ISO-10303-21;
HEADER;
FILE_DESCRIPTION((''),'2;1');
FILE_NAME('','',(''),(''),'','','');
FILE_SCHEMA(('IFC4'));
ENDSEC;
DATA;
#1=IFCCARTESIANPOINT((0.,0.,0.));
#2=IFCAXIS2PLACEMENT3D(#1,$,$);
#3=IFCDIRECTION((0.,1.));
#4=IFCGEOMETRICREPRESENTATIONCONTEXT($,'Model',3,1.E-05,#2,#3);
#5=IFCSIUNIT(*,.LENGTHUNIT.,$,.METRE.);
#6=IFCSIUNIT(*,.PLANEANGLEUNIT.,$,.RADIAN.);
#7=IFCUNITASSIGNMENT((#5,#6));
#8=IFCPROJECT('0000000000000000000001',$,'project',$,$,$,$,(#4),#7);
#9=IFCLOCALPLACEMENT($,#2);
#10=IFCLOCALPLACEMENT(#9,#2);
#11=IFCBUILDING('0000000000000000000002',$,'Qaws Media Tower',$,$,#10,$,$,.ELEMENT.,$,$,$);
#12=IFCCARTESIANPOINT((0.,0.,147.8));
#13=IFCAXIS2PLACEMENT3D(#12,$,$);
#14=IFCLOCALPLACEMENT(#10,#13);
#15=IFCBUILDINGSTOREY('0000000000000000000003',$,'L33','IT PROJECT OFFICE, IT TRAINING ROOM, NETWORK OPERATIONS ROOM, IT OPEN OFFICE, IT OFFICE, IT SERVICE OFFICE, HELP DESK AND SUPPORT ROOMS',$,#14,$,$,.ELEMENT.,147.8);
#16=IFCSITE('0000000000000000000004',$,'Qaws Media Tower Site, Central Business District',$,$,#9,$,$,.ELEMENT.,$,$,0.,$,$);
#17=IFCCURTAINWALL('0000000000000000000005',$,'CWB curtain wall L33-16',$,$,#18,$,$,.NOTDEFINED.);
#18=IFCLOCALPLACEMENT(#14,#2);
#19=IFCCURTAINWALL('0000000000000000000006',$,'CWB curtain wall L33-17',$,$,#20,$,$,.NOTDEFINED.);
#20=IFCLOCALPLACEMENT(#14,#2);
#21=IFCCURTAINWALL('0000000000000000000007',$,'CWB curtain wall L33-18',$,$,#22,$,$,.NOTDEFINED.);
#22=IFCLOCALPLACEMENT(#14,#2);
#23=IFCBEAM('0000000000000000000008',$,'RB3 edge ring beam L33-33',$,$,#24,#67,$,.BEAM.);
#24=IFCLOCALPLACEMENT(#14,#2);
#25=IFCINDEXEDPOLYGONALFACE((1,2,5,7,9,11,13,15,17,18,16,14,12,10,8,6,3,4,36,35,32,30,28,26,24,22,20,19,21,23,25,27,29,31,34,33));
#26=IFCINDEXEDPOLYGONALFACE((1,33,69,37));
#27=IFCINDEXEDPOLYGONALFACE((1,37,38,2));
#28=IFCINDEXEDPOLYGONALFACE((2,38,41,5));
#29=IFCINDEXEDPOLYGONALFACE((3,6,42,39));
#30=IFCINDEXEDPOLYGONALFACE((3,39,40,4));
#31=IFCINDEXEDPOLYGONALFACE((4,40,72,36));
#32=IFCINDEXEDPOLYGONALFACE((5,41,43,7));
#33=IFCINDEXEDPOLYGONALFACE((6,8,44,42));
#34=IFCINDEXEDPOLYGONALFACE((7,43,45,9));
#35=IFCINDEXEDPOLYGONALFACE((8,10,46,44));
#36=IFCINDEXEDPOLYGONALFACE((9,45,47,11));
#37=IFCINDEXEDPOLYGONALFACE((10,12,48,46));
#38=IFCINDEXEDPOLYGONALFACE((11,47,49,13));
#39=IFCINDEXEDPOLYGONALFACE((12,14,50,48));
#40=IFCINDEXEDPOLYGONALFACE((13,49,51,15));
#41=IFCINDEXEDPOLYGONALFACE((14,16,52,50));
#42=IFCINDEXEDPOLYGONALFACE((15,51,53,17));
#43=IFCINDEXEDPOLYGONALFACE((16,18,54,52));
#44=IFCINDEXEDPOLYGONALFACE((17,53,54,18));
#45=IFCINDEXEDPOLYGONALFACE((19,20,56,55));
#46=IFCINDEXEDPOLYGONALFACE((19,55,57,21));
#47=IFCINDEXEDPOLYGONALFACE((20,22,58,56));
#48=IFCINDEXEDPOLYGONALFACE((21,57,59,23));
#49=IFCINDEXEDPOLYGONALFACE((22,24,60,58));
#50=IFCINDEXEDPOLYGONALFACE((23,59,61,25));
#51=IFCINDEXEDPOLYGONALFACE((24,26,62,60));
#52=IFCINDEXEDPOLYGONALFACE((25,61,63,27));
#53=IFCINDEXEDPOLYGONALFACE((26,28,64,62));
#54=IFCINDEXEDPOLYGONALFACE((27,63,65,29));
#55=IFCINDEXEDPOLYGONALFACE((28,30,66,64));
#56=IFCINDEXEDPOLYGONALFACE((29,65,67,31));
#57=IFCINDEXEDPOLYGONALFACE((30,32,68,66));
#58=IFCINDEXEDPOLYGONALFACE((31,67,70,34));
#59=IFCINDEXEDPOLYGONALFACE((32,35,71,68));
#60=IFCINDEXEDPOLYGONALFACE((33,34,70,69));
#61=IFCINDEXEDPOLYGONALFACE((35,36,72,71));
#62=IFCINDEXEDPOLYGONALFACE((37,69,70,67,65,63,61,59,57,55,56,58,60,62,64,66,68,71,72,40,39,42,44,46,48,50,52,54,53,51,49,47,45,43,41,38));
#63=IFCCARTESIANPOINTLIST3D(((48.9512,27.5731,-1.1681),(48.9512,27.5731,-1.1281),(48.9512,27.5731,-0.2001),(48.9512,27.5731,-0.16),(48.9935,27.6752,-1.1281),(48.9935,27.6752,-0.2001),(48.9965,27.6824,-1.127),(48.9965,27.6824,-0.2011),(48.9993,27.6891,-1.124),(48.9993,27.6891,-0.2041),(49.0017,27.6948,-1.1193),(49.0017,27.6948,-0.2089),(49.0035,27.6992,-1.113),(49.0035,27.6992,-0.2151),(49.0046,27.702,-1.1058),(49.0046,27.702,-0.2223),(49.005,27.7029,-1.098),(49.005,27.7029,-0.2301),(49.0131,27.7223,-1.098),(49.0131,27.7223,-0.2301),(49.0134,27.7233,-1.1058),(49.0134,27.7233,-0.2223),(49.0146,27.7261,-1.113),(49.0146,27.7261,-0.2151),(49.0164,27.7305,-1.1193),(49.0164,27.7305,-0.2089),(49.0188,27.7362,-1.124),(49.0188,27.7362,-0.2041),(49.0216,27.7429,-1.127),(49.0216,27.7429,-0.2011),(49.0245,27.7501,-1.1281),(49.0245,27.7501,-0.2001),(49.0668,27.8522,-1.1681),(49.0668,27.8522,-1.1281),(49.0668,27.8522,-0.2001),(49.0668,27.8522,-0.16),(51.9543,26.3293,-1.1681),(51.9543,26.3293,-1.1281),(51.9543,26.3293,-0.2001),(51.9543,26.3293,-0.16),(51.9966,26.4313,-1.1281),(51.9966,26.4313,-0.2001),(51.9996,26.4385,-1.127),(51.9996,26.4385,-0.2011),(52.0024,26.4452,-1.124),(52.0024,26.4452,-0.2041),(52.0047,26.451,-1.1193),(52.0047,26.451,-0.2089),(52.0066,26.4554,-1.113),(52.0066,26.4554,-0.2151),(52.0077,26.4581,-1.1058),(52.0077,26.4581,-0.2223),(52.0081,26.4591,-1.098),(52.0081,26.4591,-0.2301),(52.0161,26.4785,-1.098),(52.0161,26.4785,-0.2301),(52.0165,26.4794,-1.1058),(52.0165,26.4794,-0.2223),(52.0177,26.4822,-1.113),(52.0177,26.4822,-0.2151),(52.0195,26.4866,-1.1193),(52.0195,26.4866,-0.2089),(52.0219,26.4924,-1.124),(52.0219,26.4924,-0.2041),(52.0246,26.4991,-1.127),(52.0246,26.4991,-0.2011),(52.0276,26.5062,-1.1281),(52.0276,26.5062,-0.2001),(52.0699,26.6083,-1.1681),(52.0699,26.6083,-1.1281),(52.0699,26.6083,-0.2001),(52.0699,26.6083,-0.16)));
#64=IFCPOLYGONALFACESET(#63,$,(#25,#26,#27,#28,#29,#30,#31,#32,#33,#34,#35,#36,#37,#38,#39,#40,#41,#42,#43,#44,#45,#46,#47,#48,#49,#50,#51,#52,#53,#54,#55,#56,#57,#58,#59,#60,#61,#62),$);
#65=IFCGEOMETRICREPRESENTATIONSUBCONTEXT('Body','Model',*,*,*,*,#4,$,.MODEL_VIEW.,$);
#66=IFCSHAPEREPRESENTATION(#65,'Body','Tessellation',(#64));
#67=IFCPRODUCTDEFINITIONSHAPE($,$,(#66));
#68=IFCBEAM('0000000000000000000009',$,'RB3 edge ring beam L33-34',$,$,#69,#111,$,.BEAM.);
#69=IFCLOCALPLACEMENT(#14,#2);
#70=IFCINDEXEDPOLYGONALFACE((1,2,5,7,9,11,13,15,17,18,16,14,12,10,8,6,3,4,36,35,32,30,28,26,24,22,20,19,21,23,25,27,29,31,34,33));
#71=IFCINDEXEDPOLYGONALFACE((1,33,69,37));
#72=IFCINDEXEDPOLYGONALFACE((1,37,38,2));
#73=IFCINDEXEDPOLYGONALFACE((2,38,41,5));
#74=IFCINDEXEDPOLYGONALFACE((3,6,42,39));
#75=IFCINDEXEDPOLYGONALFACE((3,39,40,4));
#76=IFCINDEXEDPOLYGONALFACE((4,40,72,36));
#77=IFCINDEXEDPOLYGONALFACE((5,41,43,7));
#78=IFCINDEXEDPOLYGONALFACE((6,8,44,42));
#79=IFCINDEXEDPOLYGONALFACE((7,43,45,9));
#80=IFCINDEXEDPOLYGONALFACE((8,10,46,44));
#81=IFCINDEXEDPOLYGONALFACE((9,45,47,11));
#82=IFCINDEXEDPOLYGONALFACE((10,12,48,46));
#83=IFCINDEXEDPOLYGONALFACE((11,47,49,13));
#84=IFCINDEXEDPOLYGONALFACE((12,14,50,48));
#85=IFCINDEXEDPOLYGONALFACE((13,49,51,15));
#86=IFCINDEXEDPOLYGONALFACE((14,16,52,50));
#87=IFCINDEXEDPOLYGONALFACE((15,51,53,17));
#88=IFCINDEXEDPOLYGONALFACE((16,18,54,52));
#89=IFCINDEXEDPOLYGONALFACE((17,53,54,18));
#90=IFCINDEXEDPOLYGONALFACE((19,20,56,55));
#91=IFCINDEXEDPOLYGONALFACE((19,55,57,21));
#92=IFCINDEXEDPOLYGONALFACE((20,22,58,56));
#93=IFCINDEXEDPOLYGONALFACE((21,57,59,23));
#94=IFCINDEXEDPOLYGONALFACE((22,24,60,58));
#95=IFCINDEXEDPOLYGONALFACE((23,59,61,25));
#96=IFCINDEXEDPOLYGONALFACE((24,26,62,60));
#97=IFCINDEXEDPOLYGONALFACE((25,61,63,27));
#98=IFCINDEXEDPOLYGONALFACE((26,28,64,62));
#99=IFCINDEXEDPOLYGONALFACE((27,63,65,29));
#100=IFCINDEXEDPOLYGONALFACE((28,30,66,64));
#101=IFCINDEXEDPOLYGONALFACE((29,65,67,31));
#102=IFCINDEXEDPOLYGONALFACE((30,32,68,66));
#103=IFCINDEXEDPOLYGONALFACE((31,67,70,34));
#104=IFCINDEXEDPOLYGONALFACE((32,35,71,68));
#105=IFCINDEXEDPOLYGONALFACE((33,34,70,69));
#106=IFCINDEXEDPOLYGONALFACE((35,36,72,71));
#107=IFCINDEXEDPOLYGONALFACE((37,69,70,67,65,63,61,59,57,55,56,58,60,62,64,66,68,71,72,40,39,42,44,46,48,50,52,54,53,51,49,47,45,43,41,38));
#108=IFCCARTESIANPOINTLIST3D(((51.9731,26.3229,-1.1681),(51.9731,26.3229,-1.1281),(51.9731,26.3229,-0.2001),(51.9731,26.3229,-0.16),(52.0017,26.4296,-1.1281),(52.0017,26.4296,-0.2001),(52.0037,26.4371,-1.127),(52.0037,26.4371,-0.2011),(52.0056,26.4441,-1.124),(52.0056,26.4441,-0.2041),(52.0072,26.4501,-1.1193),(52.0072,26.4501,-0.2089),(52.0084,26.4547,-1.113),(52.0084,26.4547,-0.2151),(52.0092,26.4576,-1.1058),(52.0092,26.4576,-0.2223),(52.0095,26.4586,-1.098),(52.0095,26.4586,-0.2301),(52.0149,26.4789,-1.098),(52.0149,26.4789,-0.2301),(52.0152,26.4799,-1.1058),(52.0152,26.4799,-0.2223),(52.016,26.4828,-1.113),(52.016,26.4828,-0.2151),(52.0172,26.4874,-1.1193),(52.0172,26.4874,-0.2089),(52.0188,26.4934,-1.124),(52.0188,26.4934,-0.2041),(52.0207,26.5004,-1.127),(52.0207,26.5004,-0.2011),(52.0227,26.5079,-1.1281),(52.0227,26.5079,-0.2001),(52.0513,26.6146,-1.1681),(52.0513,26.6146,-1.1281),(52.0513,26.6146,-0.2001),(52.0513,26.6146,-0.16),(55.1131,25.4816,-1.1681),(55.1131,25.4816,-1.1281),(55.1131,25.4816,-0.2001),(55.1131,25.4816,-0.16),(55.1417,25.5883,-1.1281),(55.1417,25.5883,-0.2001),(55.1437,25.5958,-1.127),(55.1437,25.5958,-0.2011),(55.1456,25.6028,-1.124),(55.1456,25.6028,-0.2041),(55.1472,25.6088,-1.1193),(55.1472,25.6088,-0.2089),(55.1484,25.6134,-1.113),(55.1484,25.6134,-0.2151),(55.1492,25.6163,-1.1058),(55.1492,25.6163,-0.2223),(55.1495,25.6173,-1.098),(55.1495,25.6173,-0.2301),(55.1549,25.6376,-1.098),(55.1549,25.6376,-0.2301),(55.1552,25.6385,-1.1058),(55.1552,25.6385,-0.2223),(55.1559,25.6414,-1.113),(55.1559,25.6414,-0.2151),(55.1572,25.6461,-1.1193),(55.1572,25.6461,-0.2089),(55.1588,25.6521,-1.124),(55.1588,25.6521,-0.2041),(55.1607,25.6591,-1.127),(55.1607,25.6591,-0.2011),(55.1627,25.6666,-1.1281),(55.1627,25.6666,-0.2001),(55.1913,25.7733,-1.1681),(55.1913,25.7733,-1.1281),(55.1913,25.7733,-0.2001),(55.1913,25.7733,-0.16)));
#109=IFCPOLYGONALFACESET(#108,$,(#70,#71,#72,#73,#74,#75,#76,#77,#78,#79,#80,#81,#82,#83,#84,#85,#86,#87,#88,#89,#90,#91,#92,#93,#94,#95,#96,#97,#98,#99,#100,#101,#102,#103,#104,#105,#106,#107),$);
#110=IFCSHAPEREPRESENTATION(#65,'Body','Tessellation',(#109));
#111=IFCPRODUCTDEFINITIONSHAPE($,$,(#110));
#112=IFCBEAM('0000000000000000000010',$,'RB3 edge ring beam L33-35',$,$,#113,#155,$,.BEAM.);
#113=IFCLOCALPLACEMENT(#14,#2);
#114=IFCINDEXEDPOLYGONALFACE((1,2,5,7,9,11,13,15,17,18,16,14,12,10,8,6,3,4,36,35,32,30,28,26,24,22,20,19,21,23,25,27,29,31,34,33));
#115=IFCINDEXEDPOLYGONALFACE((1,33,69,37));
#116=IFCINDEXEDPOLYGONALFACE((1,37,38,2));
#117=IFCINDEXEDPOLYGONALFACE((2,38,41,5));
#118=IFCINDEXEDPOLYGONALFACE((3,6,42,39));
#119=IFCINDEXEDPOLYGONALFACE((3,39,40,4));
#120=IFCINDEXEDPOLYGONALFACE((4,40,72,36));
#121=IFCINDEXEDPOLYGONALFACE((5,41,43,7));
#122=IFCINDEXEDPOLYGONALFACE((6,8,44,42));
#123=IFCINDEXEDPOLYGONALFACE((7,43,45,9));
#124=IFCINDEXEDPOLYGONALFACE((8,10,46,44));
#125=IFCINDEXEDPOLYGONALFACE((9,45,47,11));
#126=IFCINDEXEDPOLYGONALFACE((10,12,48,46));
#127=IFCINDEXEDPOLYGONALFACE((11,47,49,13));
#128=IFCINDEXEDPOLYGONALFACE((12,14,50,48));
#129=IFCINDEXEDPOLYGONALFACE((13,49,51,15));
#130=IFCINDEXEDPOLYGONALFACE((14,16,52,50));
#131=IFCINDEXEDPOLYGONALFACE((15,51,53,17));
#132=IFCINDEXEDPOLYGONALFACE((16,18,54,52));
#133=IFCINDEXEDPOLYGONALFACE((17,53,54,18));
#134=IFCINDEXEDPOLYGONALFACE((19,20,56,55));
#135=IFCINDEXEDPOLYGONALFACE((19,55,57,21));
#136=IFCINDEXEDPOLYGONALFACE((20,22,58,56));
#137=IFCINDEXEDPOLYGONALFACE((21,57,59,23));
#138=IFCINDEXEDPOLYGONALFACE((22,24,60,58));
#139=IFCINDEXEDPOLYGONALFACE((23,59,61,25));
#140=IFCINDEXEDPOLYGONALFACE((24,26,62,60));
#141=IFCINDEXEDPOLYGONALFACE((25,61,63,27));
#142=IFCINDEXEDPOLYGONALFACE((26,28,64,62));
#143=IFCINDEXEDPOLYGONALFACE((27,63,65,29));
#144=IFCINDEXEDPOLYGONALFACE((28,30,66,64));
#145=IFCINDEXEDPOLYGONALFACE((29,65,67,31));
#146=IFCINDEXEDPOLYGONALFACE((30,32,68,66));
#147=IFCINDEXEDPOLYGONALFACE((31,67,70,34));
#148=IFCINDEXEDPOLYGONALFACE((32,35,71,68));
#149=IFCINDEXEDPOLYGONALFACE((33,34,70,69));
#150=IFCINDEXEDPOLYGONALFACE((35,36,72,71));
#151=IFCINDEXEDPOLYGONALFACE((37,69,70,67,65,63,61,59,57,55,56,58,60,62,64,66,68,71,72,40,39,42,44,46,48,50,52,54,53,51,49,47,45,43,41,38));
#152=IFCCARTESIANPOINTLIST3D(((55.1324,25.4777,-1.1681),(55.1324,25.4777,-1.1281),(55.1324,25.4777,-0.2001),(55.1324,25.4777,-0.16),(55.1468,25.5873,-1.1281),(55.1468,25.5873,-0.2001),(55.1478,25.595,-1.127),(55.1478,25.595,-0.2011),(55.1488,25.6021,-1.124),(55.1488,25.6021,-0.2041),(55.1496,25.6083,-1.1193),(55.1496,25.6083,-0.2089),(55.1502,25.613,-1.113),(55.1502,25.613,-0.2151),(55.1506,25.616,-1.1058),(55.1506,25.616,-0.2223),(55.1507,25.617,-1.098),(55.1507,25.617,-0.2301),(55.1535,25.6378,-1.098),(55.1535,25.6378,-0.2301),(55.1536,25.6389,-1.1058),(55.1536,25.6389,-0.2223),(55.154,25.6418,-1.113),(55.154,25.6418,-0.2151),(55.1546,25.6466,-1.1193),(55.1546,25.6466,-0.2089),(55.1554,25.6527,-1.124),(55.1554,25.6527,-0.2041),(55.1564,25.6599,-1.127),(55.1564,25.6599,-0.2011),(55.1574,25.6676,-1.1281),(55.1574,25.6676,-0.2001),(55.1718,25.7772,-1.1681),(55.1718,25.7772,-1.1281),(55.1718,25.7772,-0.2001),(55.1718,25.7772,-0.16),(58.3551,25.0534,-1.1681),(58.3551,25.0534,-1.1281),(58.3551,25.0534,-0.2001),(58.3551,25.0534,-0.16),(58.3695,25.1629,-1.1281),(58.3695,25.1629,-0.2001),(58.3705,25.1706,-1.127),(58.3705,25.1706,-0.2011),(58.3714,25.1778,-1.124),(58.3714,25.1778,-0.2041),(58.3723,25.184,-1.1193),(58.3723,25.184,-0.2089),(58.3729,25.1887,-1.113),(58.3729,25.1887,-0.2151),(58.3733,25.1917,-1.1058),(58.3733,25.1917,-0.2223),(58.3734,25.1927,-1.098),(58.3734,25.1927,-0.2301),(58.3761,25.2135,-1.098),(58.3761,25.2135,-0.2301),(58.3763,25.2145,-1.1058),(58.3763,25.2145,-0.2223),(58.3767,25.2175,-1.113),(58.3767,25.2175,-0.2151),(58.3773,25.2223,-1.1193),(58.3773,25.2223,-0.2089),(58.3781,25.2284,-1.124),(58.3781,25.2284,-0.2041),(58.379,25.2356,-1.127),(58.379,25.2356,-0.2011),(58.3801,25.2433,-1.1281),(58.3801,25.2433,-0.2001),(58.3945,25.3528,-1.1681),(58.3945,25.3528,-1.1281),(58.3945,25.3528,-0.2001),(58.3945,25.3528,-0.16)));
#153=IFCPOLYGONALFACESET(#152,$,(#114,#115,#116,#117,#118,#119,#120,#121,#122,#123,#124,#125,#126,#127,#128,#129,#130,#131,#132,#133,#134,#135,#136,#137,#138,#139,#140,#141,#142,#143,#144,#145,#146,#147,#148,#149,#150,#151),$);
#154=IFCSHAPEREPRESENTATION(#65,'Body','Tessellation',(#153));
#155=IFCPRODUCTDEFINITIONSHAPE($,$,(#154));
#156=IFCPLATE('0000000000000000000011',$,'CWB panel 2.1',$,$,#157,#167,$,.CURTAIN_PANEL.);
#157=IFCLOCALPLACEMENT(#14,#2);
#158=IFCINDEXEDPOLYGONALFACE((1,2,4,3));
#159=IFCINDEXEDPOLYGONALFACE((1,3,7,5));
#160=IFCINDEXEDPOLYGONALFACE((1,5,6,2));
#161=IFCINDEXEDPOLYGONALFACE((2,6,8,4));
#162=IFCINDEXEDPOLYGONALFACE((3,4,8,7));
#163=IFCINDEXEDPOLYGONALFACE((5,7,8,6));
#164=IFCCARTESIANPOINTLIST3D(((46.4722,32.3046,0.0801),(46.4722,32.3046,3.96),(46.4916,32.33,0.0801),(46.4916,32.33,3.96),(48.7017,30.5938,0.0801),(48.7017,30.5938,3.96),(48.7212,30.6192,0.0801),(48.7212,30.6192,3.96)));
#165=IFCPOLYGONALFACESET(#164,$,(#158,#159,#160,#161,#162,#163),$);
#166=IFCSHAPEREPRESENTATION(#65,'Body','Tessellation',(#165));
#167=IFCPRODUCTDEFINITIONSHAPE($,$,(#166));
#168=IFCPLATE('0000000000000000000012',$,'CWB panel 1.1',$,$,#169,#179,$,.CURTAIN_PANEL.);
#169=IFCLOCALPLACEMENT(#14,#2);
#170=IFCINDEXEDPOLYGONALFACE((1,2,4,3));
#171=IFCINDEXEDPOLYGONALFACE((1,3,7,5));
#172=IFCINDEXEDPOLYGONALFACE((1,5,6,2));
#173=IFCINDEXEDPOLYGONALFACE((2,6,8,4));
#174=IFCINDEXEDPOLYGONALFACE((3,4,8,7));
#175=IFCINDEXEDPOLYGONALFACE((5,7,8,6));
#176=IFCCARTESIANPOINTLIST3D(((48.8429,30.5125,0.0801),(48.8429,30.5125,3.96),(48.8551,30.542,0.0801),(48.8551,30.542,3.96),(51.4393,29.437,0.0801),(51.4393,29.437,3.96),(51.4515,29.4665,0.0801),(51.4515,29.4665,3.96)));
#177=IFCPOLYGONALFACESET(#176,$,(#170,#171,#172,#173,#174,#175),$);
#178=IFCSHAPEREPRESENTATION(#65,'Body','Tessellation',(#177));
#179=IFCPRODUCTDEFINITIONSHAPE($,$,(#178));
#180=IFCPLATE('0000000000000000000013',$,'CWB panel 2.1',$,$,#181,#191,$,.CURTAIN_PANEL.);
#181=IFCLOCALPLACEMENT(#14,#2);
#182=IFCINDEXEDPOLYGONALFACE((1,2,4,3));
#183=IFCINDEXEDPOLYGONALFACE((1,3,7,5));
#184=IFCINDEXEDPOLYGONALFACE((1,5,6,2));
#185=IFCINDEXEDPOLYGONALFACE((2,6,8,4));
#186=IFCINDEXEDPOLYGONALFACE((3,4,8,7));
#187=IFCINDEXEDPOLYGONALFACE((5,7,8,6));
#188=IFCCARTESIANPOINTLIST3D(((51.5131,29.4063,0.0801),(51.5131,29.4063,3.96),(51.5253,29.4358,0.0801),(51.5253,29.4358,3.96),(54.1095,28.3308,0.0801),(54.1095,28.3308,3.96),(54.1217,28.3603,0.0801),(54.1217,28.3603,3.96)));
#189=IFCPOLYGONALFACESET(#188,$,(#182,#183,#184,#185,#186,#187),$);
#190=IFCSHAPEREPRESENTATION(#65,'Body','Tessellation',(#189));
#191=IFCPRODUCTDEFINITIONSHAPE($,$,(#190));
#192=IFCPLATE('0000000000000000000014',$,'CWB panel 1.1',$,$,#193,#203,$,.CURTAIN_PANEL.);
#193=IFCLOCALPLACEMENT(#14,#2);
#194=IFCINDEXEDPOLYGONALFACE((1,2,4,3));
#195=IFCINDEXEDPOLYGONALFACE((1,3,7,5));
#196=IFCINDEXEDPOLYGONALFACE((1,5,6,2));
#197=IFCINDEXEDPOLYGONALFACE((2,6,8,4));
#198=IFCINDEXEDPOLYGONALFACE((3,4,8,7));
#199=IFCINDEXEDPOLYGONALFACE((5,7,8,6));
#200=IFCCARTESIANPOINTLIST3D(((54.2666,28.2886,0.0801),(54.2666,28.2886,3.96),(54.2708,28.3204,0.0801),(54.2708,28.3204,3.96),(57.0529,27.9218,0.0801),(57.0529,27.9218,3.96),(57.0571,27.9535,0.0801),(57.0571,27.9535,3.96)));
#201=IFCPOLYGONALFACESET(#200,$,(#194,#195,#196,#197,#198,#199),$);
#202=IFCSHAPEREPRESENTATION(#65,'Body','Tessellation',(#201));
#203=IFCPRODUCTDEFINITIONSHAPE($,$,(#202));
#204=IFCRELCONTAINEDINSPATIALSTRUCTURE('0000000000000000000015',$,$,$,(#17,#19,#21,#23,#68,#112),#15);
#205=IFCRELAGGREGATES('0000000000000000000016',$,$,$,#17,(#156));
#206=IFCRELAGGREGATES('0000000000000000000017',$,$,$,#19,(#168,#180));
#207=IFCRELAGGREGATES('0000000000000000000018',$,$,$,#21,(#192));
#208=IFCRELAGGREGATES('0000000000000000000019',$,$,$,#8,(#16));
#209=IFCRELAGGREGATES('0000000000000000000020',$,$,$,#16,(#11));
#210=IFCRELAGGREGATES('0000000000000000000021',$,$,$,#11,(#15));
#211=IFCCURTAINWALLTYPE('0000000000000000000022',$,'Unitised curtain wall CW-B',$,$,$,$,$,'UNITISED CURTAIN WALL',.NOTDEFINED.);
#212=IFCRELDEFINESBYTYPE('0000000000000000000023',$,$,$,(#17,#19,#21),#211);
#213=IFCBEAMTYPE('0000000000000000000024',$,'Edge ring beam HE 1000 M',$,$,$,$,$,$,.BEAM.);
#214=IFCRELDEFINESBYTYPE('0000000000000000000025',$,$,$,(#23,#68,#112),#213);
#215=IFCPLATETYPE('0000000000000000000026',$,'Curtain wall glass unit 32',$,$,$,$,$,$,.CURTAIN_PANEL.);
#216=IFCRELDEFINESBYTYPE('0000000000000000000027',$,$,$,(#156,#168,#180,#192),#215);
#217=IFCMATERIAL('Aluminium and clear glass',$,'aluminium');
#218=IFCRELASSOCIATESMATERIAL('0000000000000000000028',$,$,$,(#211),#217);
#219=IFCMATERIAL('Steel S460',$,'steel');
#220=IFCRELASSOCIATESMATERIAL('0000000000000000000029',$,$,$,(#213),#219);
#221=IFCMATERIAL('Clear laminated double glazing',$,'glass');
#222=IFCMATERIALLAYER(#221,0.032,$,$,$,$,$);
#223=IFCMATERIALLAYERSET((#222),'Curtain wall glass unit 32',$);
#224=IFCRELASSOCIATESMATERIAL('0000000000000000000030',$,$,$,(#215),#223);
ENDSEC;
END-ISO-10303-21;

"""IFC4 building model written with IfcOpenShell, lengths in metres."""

from ifc_helpers import new_model, si_unit, direction, frame, origin, origin_2d, place, context, subcontext, project, spatial, rectangle, i_section, extrude, material, layer, layer_set, material_profile, profile_set, type_object, element, aggregate, save


model = new_model("IFC4")

# Units and contexts
model_context = context("Model", 3, precision=1e-05, world=origin(), true_north=direction((0.0, 1.0)))
body_context = subcontext(model_context, "Body", "Model", "MODEL_VIEW")
ifc_project = project(units=[si_unit("LENGTHUNIT", "METRE"), si_unit("PLANEANGLEUNIT", "RADIAN")], contexts=[model_context])

# Site, building, storey
site_placement = place(None, origin())
site = spatial("IfcSite", under=ifc_project, at=site_placement, Name="Qaws Media Tower Site, Central Business District", CompositionType="ELEMENT", RefElevation=0.0)
building_placement = place(site_placement, origin())
building = spatial("IfcBuilding", under=site, at=building_placement, Name="Qaws Media Tower", CompositionType="ELEMENT")
storey_placement = place(building_placement, frame((0.0, 0.0, 147.8)))
storey = spatial("IfcBuildingStorey", under=building, at=storey_placement, Name="L33", Description="IT PROJECT OFFICE, IT TRAINING ROOM, NETWORK OPERATIONS ROOM, IT OPEN OFFICE, IT OFFICE, IT SERVICE OFFICE, HELP DESK AND SUPPORT ROOMS", CompositionType="ELEMENT", Elevation=147.8)

# Curtain walls
ifc_material_1 = material(Name="Aluminium and clear glass", Category="aluminium")
curtain_wall_type = type_object("IfcCurtainWallType", Name="Unitised curtain wall CW-B", ElementType="UNITISED CURTAIN WALL", PredefinedType="NOTDEFINED", material=ifc_material_1)
curtain_wall_1_placement = place(storey_placement, origin())
curtain_wall_1 = element("IfcCurtainWall", 1, at=curtain_wall_1_placement, inside=storey, type_object=curtain_wall_type, Name="CWB curtain wall L33-16", PredefinedType="NOTDEFINED")
curtain_wall_2_placement = place(storey_placement, origin())
curtain_wall_2 = element("IfcCurtainWall", 2, at=curtain_wall_2_placement, inside=storey, type_object=curtain_wall_type, Name="CWB curtain wall L33-17", PredefinedType="NOTDEFINED")

# Curtain wall
curtain_wall_3_placement = place(storey_placement, origin())
curtain_wall_3 = element("IfcCurtainWall", 3, at=curtain_wall_3_placement, inside=storey, type_object=curtain_wall_type, Name="CWB curtain wall L33-18", PredefinedType="NOTDEFINED")

# Beams
ifc_material_2 = material(Name="Steel S460", Category="steel")
ifc_material_profile_1 = material_profile(ifc_material_2, i_section(OverallWidth=0.302, OverallDepth=1.0081, WebThickness=0.021, FlangeThickness=0.04, FilletRadius=0.03, at=origin_2d()), Name="HE 1000 M")
ifc_profile_set_1 = profile_set([ifc_material_profile_1], Name="Steel S460")
beam_type = type_object("IfcBeamType", Name="Edge ring beam HE 1000 M", PredefinedType="BEAM", material=ifc_profile_set_1)
for number, where, z_axis, x_axis, name in (
    (4, (49.009, 27.7126, -0.6641), (0.923886, -0.382668, 0.0), (0.382668, 0.923886, 0.0), "RB3 edge ring beam L33-33"),
):
    element("IfcBeam", number, at=place(storey_placement, frame(where, z_axis=z_axis, x_axis=x_axis)), inside=storey, type_object=beam_type, Name=name, PredefinedType="BEAM", context=body_context, shape_type="SweptSolid", body=[
        extrude(i_section(OverallWidth=0.302, OverallDepth=1.0081, WebThickness=0.021, FlangeThickness=0.04, FilletRadius=0.03, at=origin_2d()), origin(), (0.0, 0.0, 1.0), 3.2505),
    ])
beam_1_placement = place(storey_placement, frame((52.0122, 26.4688, -0.6641), z_axis=(0.965928, -0.258812, 0.0), x_axis=(0.258812, 0.965928, 0.0)))
element("IfcBeam", 5, at=beam_1_placement, inside=storey, type_object=beam_type, Name="RB3 edge ring beam L33-34", PredefinedType="BEAM", context=body_context, shape_type="SweptSolid", body=[
    extrude(i_section(OverallWidth=0.302, OverallDepth=1.0081, WebThickness=0.021, FlangeThickness=0.04, FilletRadius=0.03, at=origin_2d()), origin(), (0.0, 0.0, 1.0), 3.2507),
])
beam_2_placement = place(storey_placement, frame((55.1521, 25.6274, -0.6641), z_axis=(0.991443, -0.13054, 0.0), x_axis=(0.13054, 0.991443, 0.0)))
element("IfcBeam", 6, at=beam_2_placement, inside=storey, type_object=beam_type, Name="RB3 edge ring beam L33-35", PredefinedType="BEAM", context=body_context, shape_type="SweptSolid", body=[
    extrude(i_section(OverallWidth=0.302, OverallDepth=1.0081, WebThickness=0.021, FlangeThickness=0.04, FilletRadius=0.03, at=origin_2d()), origin(), (0.0, 0.0, 1.0), 3.2505),
])

# Plates
ifc_material_3 = material(Name="Clear laminated double glazing", Category="glass")
ifc_layer_1 = layer(ifc_material_3, 0.032)
ifc_layer_set_1 = layer_set([ifc_layer_1], Name="Curtain wall glass unit 32")
plate_type_1 = type_object("IfcPlateType", Name="Curtain wall glass unit 32", PredefinedType="CURTAIN_PANEL", material=ifc_layer_set_1)
plate_1_placement = place(storey_placement, frame((47.5967, 31.4619, 0.0801), z_axis=(0.0, 0.0, 1.0), x_axis=(0.793353, -0.608761, 0.0)))
plate_1 = element("IfcPlate", 7, at=plate_1_placement, type_object=plate_type_1, Name="CWB panel 2.1", PredefinedType="CURTAIN_PANEL", context=body_context, shape_type="SweptSolid", body=[
    extrude(rectangle(XDim=2.8103, YDim=0.032, at=origin_2d()), origin(), (0.0, 0.0, 1.0), 3.8799),
])
aggregate(curtain_wall_1, [plate_1])
plate_2_placement = place(storey_placement, frame((50.1472, 29.9895, 0.0801), z_axis=(0.0, 0.0, 1.0), x_axis=(0.923879, -0.382684, 0.0)))
plate_2 = element("IfcPlate", 8, at=plate_2_placement, type_object=plate_type_1, Name="CWB panel 1.1", PredefinedType="CURTAIN_PANEL", context=body_context, shape_type="SweptSolid", body=[
    extrude(rectangle(XDim=2.8103, YDim=0.032, at=origin_2d()), origin(), (0.0, 0.0, 1.0), 3.8799),
])
plate_3_placement = place(storey_placement, frame((52.8174, 28.8833, 0.0801), z_axis=(0.0, 0.0, 1.0), x_axis=(0.923879, -0.382684, 0.0)))
plate_3 = element("IfcPlate", 9, at=plate_3_placement, type_object=plate_type_1, Name="CWB panel 2.1", PredefinedType="CURTAIN_PANEL", context=body_context, shape_type="SweptSolid", body=[
    extrude(rectangle(XDim=2.8103, YDim=0.032, at=origin_2d()), origin(), (0.0, 0.0, 1.0), 3.8799),
])
aggregate(curtain_wall_2, [plate_2, plate_3])
plate_4_placement = place(storey_placement, frame((55.6619, 28.1211, 0.0801), z_axis=(0.0, 0.0, 1.0), x_axis=(0.991445, -0.130526, 0.0)))
plate_4 = element("IfcPlate", 10, at=plate_4_placement, type_object=plate_type_1, Name="CWB panel 1.1", PredefinedType="CURTAIN_PANEL", context=body_context, shape_type="SweptSolid", body=[
    extrude(rectangle(XDim=2.8103, YDim=0.032, at=origin_2d()), origin(), (0.0, 0.0, 1.0), 3.8799),
])
aggregate(curtain_wall_3, [plate_4])

save(model, "model.ifc")
